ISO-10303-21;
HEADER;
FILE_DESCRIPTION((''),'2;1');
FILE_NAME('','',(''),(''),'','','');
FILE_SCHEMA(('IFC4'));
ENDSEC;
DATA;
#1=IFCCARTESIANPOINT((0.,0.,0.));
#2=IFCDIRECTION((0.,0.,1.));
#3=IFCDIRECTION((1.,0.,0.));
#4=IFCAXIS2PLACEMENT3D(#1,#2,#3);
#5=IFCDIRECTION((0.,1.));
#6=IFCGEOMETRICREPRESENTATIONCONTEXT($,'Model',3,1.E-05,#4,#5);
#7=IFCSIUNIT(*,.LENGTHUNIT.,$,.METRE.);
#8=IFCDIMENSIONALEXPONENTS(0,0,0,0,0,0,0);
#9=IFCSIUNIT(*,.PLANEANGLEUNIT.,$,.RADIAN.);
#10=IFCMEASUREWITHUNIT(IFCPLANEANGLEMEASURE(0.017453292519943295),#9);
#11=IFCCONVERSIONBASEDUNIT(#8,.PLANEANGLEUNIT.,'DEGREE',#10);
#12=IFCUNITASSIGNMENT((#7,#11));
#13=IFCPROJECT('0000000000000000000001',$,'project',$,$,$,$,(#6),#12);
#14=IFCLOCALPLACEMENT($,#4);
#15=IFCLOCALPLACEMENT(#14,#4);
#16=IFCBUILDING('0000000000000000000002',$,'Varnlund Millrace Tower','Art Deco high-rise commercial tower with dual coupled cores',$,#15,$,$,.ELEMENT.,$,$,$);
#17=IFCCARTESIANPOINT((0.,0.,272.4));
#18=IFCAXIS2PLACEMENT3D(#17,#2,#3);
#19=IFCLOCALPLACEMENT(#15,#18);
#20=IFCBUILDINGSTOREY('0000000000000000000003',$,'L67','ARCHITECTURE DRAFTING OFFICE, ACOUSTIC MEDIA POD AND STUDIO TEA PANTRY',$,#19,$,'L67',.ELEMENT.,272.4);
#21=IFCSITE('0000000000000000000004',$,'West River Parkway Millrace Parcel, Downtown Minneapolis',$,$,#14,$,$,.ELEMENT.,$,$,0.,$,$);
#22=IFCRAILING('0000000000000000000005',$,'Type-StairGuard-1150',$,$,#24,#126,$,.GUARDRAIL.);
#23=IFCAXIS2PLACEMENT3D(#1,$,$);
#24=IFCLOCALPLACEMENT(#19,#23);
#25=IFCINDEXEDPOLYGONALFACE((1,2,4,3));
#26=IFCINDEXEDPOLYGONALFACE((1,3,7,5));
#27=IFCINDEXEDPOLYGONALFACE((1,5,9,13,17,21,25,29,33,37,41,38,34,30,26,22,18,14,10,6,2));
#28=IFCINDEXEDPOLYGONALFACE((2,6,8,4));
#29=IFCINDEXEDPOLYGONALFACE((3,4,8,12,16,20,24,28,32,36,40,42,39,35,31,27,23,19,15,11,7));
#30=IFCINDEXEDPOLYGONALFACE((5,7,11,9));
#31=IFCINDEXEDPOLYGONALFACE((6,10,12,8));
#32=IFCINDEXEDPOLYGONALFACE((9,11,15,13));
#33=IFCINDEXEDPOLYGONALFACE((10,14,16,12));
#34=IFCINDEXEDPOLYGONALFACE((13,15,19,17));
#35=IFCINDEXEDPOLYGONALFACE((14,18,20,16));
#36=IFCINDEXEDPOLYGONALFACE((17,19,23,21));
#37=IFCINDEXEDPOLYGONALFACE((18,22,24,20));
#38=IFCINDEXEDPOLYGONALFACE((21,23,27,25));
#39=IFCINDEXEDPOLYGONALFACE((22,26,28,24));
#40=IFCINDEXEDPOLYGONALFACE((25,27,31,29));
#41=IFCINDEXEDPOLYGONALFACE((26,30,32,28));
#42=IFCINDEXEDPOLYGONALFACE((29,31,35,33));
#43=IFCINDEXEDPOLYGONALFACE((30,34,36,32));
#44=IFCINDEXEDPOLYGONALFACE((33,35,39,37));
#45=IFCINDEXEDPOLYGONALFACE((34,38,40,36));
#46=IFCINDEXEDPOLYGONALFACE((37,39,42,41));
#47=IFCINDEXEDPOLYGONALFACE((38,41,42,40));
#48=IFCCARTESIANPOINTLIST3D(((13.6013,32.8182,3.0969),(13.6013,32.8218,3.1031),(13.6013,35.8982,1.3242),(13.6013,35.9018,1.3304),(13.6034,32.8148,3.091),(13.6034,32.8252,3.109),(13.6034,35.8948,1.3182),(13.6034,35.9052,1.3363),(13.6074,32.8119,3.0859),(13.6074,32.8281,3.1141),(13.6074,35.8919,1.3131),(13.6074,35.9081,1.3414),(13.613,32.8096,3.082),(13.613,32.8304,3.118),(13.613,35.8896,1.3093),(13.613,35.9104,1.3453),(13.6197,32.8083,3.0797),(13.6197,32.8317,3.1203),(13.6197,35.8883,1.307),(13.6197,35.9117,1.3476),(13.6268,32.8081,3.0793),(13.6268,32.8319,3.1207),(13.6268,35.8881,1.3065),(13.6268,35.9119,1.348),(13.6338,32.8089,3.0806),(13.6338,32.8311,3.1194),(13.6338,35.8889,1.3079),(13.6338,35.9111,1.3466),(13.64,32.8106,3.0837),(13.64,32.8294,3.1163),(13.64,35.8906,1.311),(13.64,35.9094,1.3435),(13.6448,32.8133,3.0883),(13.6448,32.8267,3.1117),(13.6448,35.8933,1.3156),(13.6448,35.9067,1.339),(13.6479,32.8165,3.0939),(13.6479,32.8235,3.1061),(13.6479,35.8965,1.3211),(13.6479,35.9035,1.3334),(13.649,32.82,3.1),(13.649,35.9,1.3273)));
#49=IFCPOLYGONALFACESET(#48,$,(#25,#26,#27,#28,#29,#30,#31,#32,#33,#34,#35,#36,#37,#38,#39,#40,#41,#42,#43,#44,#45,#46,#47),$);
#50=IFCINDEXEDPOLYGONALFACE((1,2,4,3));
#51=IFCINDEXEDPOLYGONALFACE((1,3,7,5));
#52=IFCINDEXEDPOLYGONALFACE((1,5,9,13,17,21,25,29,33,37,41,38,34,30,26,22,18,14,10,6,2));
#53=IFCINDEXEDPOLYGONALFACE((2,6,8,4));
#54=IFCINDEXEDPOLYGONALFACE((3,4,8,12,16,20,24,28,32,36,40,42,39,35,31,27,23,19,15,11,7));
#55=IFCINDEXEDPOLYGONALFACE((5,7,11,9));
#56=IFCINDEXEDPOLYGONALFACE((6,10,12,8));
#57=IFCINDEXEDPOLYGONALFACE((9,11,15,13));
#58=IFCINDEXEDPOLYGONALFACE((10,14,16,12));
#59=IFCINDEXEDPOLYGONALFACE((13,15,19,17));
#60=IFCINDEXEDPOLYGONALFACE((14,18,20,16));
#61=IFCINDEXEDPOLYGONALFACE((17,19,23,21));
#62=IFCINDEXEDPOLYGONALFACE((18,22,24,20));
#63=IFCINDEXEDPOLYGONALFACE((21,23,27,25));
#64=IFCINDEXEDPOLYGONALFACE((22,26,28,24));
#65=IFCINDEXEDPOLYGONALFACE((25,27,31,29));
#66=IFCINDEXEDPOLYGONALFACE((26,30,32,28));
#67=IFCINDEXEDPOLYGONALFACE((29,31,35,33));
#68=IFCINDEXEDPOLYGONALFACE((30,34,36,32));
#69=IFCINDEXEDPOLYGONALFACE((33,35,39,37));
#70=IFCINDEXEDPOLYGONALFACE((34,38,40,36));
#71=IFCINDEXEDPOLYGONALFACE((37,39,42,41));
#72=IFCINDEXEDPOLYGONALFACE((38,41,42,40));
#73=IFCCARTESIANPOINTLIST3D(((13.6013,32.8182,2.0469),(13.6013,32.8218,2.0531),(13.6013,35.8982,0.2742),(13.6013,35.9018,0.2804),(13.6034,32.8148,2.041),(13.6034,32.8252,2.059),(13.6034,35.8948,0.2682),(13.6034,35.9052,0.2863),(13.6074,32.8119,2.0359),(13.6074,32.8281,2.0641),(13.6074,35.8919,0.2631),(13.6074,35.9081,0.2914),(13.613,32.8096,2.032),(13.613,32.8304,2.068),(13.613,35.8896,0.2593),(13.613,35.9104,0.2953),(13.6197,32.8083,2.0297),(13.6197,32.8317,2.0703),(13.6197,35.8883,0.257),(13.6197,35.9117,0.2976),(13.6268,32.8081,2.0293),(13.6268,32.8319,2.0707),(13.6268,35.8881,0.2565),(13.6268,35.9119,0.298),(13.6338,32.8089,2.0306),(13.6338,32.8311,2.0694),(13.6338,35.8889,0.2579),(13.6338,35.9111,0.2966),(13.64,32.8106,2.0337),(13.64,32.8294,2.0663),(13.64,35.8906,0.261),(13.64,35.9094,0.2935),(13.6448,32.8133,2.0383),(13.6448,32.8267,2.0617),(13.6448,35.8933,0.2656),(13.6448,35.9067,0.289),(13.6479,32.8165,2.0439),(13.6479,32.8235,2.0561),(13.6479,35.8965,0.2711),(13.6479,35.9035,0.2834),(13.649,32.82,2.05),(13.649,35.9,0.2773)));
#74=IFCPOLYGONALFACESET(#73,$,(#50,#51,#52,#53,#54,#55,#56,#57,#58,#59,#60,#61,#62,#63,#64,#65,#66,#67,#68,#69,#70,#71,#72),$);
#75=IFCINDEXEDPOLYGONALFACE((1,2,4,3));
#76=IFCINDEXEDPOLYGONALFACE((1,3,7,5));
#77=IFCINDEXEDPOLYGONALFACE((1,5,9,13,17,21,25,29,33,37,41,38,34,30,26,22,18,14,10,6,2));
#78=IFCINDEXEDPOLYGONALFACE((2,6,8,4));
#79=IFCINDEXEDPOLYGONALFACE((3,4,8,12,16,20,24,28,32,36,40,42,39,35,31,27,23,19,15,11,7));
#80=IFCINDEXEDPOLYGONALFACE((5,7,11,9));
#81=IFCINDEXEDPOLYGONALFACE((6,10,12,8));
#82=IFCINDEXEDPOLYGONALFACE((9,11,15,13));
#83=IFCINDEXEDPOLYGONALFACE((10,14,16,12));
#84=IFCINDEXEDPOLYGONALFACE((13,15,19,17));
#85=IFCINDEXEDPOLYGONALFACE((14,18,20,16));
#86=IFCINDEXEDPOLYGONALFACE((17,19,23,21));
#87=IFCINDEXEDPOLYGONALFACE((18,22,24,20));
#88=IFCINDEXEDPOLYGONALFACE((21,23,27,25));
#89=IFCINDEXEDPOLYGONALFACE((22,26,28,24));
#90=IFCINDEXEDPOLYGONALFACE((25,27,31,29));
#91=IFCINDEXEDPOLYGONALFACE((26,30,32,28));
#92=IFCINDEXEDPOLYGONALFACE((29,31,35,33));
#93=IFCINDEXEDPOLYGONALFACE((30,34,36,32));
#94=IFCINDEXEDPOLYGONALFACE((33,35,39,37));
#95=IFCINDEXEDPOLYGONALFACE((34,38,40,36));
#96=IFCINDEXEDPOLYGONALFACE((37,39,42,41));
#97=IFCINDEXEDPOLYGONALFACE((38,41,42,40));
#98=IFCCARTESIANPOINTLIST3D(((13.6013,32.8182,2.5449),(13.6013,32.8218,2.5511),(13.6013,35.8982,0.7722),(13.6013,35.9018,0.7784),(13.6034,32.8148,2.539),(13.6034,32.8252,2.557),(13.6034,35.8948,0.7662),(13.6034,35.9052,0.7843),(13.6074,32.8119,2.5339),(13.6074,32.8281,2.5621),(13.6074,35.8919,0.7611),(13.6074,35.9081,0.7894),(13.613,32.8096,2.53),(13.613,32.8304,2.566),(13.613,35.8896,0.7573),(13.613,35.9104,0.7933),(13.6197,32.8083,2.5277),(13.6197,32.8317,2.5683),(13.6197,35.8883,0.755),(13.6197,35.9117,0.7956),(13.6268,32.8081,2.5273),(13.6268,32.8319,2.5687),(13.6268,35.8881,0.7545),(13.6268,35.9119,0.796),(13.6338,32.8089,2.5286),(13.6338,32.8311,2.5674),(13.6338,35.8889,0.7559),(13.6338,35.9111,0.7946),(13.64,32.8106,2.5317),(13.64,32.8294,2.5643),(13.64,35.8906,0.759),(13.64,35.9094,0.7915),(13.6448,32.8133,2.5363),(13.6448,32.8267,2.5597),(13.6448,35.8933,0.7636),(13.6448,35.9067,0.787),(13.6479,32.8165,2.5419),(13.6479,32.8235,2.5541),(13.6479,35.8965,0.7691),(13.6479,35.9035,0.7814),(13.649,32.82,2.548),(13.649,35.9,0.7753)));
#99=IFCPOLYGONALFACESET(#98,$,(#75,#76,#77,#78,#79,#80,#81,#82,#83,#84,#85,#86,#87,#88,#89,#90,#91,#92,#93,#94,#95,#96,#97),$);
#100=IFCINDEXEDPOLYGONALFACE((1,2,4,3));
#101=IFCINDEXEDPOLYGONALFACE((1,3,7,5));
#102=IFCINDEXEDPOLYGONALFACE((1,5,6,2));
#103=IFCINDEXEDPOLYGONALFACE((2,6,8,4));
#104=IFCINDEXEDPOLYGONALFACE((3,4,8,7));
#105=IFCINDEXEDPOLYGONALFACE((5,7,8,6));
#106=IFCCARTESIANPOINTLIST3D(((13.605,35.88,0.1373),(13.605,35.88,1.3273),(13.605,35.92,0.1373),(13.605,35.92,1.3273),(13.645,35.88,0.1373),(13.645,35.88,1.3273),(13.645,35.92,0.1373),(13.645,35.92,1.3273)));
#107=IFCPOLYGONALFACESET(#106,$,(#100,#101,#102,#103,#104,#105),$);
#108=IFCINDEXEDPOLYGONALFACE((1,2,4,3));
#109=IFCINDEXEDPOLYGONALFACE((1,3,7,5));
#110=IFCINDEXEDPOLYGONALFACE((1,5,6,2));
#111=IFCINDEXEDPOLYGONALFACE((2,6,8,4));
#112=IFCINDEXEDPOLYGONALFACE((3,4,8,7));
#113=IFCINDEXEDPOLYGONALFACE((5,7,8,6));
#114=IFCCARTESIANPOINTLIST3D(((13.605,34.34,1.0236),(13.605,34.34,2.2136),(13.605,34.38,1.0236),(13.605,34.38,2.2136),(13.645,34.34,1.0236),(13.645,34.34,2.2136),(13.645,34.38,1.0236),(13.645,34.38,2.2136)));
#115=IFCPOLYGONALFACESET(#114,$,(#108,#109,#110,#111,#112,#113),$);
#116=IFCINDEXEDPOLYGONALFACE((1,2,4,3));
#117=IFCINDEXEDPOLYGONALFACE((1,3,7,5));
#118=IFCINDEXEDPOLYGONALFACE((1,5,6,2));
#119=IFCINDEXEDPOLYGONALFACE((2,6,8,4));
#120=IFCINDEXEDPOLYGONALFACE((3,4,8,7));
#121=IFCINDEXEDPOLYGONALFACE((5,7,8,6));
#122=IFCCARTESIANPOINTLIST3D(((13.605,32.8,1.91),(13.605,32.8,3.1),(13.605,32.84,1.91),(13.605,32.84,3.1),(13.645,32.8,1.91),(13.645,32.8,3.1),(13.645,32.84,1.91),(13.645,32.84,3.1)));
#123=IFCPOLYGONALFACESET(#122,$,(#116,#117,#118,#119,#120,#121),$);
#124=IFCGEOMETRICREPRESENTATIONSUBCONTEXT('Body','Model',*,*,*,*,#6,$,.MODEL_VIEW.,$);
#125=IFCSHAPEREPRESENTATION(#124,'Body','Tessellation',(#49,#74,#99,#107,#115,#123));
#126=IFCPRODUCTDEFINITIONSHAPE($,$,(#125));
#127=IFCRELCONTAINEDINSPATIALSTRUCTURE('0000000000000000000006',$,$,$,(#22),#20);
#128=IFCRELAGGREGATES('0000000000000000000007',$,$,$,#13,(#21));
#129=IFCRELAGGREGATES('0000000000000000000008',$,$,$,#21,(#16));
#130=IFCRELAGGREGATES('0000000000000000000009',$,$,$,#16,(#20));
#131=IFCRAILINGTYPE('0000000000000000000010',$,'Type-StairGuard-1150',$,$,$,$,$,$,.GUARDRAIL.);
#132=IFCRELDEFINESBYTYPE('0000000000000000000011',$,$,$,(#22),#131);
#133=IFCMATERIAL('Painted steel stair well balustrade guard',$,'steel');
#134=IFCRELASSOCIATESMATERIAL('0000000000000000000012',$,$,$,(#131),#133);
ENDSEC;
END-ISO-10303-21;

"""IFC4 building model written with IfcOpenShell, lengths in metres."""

from ifc_helpers import new_model, entity, si_unit, converted_unit, direction, frame, origin_with_axes, origin_2d_with_axis, place, context, subcontext, project, spatial, rectangle, circle, extrude, material, type_object, element, save


model = new_model("IFC4")

# Units and contexts
model_context = context("Model", 3, precision=1e-05, world=origin_with_axes(), true_north=direction((0.0, 1.0)))
body_context = subcontext(model_context, "Body", "Model", "MODEL_VIEW")
ifc_project = project(units=[si_unit("LENGTHUNIT", "METRE"), converted_unit("PLANEANGLEUNIT", "DEGREE", entity("IfcPlaneAngleMeasure", 0.017453292519943295), si_unit("PLANEANGLEUNIT", "RADIAN"), dimensions=[0, 0, 0, 0, 0, 0, 0])], contexts=[model_context])

# Site, building, storey
site_placement = place(None, origin_with_axes())
site = spatial("IfcSite", under=ifc_project, at=site_placement, Name="West River Parkway Millrace Parcel, Downtown Minneapolis", CompositionType="ELEMENT", RefElevation=0.0)
building_placement = place(site_placement, origin_with_axes())
building = spatial("IfcBuilding", under=site, at=building_placement, Name="Varnlund Millrace Tower", Description="Art Deco high-rise commercial tower with dual coupled cores", CompositionType="ELEMENT")
storey_placement = place(building_placement, frame((0.0, 0.0, 272.4), z_axis=(0.0, 0.0, 1.0), x_axis=(1.0, 0.0, 0.0)))
storey = spatial("IfcBuildingStorey", under=building, at=storey_placement, Name="L67", Description="ARCHITECTURE DRAFTING OFFICE, ACOUSTIC MEDIA POD AND STUDIO TEA PANTRY", LongName="L67", CompositionType="ELEMENT", Elevation=272.4)

# Railing
ifc_material_1 = material(Name="Painted steel stair well balustrade guard", Category="steel")
railing_type_1 = type_object("IfcRailingType", Name="Type-StairGuard-1150", PredefinedType="GUARDRAIL", material=ifc_material_1)
railing_1_placement = place(storey_placement, frame((0.0, 0.0, -272.4), z_axis=(0.0, 0.0, 1.0), x_axis=(1.0, 0.0, 0.0)))
element("IfcRailing", 1, at=railing_1_placement, inside=storey, type_object=railing_type_1, Name="Type-StairGuard-1150", PredefinedType="GUARDRAIL", context=body_context, shape_type="SweptSolid", body=[
    extrude(circle(Radius=0.024, at=origin_2d_with_axis()), frame((13.625, 35.9, 273.7273), z_axis=(0.0, -0.866696, 0.498836), x_axis=(1.0, 0.0, 0.0)), (0.0, 0.0, 1.0), 3.5537),
    extrude(circle(Radius=0.024, at=origin_2d_with_axis()), frame((13.625, 35.9, 272.6773), z_axis=(0.0, -0.866696, 0.498836), x_axis=(1.0, 0.0, 0.0)), (0.0, 0.0, 1.0), 3.5537),
    extrude(circle(Radius=0.024, at=origin_2d_with_axis()), frame((13.625, 35.9, 273.1753), z_axis=(0.0, -0.866696, 0.498836), x_axis=(1.0, 0.0, 0.0)), (0.0, 0.0, 1.0), 3.5537),
    extrude(rectangle(XDim=0.04, YDim=0.04, at=origin_2d_with_axis()), frame((13.625, 35.9, 272.5373), z_axis=(0.0, 0.0, 1.0), x_axis=(1.0, 0.0, 0.0)), (0.0, 0.0, 1.0), 1.19),
    extrude(rectangle(XDim=0.04, YDim=0.04, at=origin_2d_with_axis()), frame((13.625, 34.36, 273.4236), z_axis=(0.0, 0.0, 1.0), x_axis=(1.0, 0.0, 0.0)), (0.0, 0.0, 1.0), 1.19),
    extrude(rectangle(XDim=0.04, YDim=0.04, at=origin_2d_with_axis()), frame((13.625, 32.82, 274.31), z_axis=(0.0, 0.0, 1.0), x_axis=(1.0, 0.0, 0.0)), (0.0, 0.0, 1.0), 1.19),
])

save(model, "model.ifc")
